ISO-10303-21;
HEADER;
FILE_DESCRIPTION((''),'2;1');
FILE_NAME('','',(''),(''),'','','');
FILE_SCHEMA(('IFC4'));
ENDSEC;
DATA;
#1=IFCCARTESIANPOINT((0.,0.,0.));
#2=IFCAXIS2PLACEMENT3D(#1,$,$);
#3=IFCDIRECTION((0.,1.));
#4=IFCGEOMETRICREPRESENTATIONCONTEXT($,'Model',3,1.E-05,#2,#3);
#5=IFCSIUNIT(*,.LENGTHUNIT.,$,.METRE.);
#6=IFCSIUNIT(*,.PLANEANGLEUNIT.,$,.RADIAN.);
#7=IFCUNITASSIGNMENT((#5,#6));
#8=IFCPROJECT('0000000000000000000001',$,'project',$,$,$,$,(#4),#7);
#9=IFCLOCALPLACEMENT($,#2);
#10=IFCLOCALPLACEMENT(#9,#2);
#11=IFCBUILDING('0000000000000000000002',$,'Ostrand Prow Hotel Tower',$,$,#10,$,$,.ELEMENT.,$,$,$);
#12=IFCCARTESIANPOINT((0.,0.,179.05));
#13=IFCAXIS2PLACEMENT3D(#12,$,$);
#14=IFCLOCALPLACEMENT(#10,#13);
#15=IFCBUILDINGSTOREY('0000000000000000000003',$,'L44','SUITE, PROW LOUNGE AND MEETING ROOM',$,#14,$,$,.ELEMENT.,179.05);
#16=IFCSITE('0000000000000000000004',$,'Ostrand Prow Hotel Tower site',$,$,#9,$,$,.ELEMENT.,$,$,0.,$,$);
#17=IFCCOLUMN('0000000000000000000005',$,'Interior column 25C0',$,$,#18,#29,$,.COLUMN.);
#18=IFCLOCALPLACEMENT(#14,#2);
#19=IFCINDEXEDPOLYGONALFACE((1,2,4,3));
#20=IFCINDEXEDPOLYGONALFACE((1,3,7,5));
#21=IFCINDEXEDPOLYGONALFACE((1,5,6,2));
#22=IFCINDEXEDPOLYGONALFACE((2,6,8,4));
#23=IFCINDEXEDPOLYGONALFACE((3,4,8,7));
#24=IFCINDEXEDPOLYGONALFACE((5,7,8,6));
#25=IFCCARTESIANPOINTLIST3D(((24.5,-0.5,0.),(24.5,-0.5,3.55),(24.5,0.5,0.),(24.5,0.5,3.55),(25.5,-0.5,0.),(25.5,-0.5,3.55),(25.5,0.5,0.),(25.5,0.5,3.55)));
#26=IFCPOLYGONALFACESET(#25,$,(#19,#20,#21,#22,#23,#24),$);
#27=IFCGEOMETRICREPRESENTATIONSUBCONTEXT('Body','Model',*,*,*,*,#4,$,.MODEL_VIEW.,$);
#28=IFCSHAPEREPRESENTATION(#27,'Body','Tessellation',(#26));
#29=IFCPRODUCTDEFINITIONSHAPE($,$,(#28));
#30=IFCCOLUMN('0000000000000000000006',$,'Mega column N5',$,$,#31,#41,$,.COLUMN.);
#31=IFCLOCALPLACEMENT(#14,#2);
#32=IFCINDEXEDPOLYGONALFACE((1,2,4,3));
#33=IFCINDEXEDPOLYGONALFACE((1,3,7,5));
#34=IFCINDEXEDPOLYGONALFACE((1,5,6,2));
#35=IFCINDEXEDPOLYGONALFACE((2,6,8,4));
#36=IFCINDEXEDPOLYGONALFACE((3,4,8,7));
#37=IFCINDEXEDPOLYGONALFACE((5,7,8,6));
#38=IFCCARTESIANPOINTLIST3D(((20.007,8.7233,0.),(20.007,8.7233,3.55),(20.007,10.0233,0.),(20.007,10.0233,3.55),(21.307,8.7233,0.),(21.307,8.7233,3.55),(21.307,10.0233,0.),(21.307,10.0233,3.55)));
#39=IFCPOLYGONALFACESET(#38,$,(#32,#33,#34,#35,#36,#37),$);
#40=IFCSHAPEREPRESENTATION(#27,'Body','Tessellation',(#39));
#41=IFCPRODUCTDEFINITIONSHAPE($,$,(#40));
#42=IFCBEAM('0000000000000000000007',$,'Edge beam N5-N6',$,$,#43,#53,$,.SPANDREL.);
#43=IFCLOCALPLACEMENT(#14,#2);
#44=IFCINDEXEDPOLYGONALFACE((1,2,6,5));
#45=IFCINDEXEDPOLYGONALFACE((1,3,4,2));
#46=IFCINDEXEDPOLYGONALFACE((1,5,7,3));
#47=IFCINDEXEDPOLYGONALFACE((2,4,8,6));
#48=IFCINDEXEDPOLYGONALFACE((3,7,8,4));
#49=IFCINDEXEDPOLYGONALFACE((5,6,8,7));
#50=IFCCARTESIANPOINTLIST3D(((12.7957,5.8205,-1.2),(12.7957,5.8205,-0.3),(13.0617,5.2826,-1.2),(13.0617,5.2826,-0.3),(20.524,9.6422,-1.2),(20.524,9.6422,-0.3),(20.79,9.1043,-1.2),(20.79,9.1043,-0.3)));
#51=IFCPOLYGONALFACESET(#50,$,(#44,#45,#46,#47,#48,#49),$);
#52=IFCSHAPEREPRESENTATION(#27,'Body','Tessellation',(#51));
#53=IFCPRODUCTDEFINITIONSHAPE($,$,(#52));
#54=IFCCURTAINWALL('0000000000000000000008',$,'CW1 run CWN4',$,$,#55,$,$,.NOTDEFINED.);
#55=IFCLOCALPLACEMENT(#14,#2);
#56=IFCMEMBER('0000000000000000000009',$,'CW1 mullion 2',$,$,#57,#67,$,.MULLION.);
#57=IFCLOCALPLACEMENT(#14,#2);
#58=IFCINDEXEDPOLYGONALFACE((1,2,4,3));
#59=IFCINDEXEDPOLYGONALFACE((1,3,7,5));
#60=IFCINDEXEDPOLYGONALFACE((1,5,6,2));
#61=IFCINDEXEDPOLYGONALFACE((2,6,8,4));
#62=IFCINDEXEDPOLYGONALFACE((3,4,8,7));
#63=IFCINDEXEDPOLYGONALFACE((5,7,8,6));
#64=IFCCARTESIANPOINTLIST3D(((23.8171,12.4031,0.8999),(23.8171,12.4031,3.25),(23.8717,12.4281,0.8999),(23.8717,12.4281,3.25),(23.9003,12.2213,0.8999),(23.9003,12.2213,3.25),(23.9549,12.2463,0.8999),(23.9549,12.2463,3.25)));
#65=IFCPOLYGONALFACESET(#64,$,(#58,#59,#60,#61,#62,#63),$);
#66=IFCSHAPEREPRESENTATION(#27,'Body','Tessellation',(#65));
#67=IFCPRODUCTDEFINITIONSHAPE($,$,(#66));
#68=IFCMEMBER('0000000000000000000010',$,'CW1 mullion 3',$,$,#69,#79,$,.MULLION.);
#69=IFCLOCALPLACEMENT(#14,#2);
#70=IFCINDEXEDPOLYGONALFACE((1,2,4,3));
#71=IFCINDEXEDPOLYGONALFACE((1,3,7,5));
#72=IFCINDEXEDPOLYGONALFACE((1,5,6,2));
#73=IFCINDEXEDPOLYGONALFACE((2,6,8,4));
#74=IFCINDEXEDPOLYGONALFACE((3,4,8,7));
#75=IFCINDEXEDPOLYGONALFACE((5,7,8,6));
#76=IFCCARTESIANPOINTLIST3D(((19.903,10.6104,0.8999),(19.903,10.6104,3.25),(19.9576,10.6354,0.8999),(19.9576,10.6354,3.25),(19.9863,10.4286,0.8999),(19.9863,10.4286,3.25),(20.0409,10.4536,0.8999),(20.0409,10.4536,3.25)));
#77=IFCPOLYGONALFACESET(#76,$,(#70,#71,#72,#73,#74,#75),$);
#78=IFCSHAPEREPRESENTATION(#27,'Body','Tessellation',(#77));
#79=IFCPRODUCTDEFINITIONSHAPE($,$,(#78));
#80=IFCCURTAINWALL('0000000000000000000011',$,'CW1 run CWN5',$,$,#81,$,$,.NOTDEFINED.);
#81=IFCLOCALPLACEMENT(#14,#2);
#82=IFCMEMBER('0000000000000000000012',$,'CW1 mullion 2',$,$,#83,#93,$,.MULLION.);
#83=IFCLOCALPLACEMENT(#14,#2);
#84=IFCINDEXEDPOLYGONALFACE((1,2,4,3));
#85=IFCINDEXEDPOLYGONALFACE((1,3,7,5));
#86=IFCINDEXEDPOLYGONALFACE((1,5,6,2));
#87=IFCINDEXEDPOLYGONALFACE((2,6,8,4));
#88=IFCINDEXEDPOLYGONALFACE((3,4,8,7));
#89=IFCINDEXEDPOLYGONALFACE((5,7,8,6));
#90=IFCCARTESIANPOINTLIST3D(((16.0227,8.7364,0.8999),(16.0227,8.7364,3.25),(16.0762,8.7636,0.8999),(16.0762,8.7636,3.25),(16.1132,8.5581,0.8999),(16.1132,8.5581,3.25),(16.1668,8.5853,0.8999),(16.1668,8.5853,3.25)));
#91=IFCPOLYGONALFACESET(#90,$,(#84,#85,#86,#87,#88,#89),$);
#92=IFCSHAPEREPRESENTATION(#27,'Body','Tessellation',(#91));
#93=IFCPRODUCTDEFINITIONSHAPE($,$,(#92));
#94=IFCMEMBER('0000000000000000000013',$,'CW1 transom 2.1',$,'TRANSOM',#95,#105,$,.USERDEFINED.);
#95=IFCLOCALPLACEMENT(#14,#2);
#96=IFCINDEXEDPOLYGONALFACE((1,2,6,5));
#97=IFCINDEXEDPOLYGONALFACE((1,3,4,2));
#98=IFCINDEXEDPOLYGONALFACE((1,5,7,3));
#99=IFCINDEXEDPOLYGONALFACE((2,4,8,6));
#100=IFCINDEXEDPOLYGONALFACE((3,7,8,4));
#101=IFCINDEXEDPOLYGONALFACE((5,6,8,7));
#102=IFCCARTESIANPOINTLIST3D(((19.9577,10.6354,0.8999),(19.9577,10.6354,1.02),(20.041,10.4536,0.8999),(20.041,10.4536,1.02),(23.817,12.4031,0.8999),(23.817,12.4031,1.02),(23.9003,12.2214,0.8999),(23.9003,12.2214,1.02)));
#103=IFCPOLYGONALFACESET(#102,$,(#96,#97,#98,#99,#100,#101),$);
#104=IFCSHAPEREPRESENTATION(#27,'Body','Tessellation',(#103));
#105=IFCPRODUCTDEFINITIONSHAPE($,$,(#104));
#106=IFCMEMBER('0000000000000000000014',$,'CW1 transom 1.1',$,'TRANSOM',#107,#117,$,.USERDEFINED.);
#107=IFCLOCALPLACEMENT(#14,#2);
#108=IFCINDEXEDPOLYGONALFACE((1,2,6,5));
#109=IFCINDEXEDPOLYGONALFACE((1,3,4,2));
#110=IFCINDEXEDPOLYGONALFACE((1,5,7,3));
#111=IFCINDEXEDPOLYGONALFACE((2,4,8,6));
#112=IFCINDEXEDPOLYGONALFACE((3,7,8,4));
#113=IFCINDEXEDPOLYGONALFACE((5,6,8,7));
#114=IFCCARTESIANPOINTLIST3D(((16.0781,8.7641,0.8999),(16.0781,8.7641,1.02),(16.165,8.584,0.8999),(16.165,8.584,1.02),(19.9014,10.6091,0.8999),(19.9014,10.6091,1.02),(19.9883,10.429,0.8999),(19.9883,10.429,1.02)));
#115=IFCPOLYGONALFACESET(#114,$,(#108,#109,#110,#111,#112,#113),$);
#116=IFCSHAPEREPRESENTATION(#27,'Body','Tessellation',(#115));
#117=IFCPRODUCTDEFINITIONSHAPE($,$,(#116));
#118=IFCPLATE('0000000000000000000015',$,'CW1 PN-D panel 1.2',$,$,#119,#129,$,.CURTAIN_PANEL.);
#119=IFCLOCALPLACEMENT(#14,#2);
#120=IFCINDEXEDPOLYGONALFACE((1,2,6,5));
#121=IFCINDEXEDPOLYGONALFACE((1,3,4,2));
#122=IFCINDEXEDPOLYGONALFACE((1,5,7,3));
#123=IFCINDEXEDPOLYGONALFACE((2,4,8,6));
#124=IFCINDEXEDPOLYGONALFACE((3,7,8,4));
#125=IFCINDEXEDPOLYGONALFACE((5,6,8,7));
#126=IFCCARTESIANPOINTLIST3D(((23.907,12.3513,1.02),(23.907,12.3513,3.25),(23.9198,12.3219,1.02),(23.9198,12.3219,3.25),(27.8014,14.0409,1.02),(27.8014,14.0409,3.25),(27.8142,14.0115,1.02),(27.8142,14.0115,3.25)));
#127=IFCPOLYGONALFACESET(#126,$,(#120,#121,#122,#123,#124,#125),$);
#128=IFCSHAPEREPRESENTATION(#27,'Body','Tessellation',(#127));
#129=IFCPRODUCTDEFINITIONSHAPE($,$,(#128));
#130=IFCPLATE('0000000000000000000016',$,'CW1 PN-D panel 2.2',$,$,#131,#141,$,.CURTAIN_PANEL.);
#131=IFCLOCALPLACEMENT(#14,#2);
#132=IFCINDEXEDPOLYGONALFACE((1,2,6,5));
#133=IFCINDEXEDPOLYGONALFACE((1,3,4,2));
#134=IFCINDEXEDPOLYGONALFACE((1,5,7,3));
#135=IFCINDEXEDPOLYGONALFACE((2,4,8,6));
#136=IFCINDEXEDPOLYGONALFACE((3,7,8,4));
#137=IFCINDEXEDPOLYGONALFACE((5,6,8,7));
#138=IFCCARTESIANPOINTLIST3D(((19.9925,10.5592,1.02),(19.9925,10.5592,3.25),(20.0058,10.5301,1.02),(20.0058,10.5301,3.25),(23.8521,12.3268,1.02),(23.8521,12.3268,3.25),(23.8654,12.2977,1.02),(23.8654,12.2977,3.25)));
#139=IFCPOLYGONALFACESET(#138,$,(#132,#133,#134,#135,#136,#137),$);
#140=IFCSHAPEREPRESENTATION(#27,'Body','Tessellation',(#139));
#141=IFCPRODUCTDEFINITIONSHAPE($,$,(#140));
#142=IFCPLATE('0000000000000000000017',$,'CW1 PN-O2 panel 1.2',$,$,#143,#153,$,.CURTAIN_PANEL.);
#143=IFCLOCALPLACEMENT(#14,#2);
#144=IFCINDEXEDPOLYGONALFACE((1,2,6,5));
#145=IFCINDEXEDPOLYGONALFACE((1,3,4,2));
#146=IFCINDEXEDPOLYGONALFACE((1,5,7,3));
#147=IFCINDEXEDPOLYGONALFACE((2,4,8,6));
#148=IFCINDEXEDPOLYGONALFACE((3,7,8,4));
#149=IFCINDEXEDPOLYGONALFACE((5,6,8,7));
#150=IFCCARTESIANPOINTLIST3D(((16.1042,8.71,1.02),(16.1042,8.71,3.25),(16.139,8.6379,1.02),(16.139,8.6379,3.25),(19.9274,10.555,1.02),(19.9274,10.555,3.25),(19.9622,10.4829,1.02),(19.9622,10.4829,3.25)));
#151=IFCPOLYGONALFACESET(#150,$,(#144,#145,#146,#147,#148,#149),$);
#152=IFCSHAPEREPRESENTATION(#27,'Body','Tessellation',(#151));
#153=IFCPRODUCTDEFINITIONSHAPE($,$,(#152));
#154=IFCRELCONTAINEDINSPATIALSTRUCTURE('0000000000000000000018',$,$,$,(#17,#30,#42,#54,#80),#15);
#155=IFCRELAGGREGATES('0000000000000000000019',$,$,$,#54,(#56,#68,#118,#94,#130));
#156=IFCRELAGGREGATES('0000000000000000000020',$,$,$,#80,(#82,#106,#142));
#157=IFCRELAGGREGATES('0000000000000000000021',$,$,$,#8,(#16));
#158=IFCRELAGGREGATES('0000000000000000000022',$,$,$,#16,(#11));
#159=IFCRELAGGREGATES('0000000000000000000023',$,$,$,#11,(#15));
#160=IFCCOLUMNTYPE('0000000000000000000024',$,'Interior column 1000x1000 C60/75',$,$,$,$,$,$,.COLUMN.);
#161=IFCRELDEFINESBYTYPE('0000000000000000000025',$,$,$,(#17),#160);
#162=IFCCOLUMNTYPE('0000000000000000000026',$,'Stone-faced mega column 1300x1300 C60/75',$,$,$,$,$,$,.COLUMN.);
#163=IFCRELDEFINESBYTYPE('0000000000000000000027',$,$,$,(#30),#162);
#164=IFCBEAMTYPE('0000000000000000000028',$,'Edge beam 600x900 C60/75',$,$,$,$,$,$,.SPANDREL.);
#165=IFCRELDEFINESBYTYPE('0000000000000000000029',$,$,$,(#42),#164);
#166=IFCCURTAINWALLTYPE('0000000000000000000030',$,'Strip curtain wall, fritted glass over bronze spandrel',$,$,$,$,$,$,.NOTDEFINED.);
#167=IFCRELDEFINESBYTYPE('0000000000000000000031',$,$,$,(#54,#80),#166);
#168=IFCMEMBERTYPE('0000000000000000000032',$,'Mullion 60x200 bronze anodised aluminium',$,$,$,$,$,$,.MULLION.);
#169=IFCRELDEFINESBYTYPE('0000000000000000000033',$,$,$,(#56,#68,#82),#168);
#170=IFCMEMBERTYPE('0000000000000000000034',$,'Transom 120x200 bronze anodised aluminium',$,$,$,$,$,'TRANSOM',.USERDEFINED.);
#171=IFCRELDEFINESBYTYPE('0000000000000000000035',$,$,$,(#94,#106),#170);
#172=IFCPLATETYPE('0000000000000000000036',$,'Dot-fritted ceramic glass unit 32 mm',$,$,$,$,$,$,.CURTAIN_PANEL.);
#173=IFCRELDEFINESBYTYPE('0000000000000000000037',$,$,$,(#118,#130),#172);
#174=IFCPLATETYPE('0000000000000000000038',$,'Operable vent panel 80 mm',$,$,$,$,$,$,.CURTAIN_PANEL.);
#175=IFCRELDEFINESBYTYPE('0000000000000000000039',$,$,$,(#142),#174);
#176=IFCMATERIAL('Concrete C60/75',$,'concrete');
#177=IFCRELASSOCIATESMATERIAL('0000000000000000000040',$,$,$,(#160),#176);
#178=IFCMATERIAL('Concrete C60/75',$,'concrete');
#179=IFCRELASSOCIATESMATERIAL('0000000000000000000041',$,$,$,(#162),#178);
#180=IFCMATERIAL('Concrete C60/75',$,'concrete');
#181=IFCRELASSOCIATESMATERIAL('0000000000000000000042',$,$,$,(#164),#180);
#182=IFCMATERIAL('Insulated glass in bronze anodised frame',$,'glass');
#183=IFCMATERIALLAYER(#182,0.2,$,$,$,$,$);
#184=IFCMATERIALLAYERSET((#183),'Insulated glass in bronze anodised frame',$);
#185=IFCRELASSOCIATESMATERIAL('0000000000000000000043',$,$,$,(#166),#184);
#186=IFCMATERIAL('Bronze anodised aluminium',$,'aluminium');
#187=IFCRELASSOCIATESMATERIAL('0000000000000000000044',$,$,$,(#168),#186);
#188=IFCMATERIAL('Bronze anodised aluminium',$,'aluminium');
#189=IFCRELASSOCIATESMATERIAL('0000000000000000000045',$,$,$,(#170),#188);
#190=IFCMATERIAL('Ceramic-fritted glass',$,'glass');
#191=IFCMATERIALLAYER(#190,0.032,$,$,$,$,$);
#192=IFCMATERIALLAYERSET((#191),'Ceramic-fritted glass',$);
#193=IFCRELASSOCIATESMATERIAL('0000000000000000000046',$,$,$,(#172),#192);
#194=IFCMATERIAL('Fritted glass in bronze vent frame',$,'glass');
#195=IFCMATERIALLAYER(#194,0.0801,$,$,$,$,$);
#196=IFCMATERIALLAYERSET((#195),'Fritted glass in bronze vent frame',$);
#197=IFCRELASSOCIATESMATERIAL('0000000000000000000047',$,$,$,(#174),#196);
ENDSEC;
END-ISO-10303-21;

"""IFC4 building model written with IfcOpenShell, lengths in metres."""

from ifc_helpers import new_model, si_unit, direction, frame, origin, origin_2d, place, context, subcontext, project, spatial, rectangle, extrude, material, layer, layer_set, material_profile, profile_set, type_object, element, aggregate, save


model = new_model("IFC4")

# Units and contexts
model_context = context("Model", 3, precision=1e-05, world=origin(), true_north=direction((0.0, 1.0)))
body_context = subcontext(model_context, "Body", "Model", "MODEL_VIEW")
ifc_project = project(units=[si_unit("LENGTHUNIT", "METRE"), si_unit("PLANEANGLEUNIT", "RADIAN")], contexts=[model_context])

# Site, building, storey
site_placement = place(None, origin())
site = spatial("IfcSite", under=ifc_project, at=site_placement, Name="Ostrand Prow Hotel Tower site", CompositionType="ELEMENT", RefElevation=0.0)
building_placement = place(site_placement, origin())
building = spatial("IfcBuilding", under=site, at=building_placement, Name="Ostrand Prow Hotel Tower", CompositionType="ELEMENT")
storey_placement = place(building_placement, frame((0.0, 0.0, 179.05)))
storey = spatial("IfcBuildingStorey", under=building, at=storey_placement, Name="L44", Description="SUITE, PROW LOUNGE AND MEETING ROOM", CompositionType="ELEMENT", Elevation=179.05)

# Columns
ifc_material_1 = material(Name="Concrete C60/75", Category="concrete")
ifc_material_profile_1 = material_profile(ifc_material_1, rectangle(XDim=1.0, YDim=1.0, at=origin_2d()), Name="RC 1000x1000")
ifc_profile_set_1 = profile_set([ifc_material_profile_1], Name="Concrete C60/75")
column_type_1 = type_object("IfcColumnType", Name="Interior column 1000x1000 C60/75", PredefinedType="COLUMN", material=ifc_profile_set_1)
column_1_placement = place(storey_placement, frame((25.0, 0.0, 0.0), z_axis=(0.0, 0.0, 1.0), x_axis=(1.0, 0.0, 0.0)))
element("IfcColumn", 1, at=column_1_placement, inside=storey, type_object=column_type_1, Name="Interior column 25C0", PredefinedType="COLUMN", context=body_context, shape_type="SweptSolid", body=[
    extrude(rectangle(XDim=1.0, YDim=1.0, at=origin_2d()), origin(), (0.0, 0.0, 1.0), 3.55),
])
ifc_material_2 = material(Name="Concrete C60/75", Category="concrete")
ifc_material_profile_2 = material_profile(ifc_material_2, rectangle(XDim=1.3, YDim=1.3, at=origin_2d()), Name="RC 1300x1300")
ifc_profile_set_2 = profile_set([ifc_material_profile_2], Name="Concrete C60/75")
column_type_2 = type_object("IfcColumnType", Name="Stone-faced mega column 1300x1300 C60/75", PredefinedType="COLUMN", material=ifc_profile_set_2)
column_2_placement = place(storey_placement, frame((20.657, 9.3733, 0.0), z_axis=(0.0, 0.0, 1.0), x_axis=(1.0, 0.0, 0.0)))
element("IfcColumn", 2, at=column_2_placement, inside=storey, type_object=column_type_2, Name="Mega column N5", PredefinedType="COLUMN", context=body_context, shape_type="SweptSolid", body=[
    extrude(rectangle(XDim=1.3, YDim=1.3, at=origin_2d()), origin(), (0.0, 0.0, 1.0), 3.55),
])

# Beam
ifc_material_3 = material(Name="Concrete C60/75", Category="concrete")
ifc_material_profile_3 = material_profile(ifc_material_3, rectangle(XDim=0.6001, YDim=0.8999, at=origin_2d()), Name="RC 600x900")
ifc_profile_set_3 = profile_set([ifc_material_profile_3], Name="Concrete C60/75")
beam_type = type_object("IfcBeamType", Name="Edge beam 600x900 C60/75", PredefinedType="SPANDREL", material=ifc_profile_set_3)
beam_placement = place(storey_placement, frame((20.657, 9.3733, -0.75), z_axis=(-0.896384, -0.443279, 0.0), x_axis=(0.443279, -0.896384, 0.0)))
element("IfcBeam", 3, at=beam_placement, inside=storey, type_object=beam_type, Name="Edge beam N5-N6", PredefinedType="SPANDREL", context=body_context, shape_type="SweptSolid", body=[
    extrude(rectangle(XDim=0.6001, YDim=0.8999, at=origin_2d()), origin(), (0.0, 0.0, 1.0), 8.6216),
])

# Curtain wall, members
ifc_material_4 = material(Name="Insulated glass in bronze anodised frame", Category="glass")
ifc_layer_1 = layer(ifc_material_4, 0.2)
ifc_layer_set_1 = layer_set([ifc_layer_1], Name="Insulated glass in bronze anodised frame")
curtain_wall_type = type_object("IfcCurtainWallType", Name="Strip curtain wall, fritted glass over bronze spandrel", PredefinedType="NOTDEFINED", material=ifc_layer_set_1)
curtain_wall_1_placement = place(storey_placement, origin())
curtain_wall_1 = element("IfcCurtainWall", 4, at=curtain_wall_1_placement, inside=storey, type_object=curtain_wall_type, Name="CW1 run CWN4", PredefinedType="NOTDEFINED")
ifc_material_5 = material(Name="Bronze anodised aluminium", Category="aluminium")
ifc_material_profile_4 = material_profile(ifc_material_5, rectangle(XDim=0.2, YDim=0.0601, at=origin_2d()), Name="Mullion 60x200 bronze anodised aluminium")
ifc_profile_set_4 = profile_set([ifc_material_profile_4], Name="Bronze anodised aluminium")
member_type_1 = type_object("IfcMemberType", Name="Mullion 60x200 bronze anodised aluminium", PredefinedType="MULLION", material=ifc_profile_set_4)
member_1_placement = place(storey_placement, frame((23.886, 12.3247, 0.8999), z_axis=(0.0, 0.0, 1.0), x_axis=(0.416393, -0.909185, 0.0)))
member_1 = element("IfcMember", 5, at=member_1_placement, type_object=member_type_1, Name="CW1 mullion 2", PredefinedType="MULLION", context=body_context, shape_type="SweptSolid", body=[
    extrude(rectangle(XDim=0.2, YDim=0.0601, at=origin_2d()), origin(), (0.0, 0.0, 1.0), 2.3501),
])
member_2_placement = place(storey_placement, frame((19.9719, 10.532, 0.8999), z_axis=(0.0, 0.0, 1.0), x_axis=(0.416393, -0.909185, 0.0)))
member_2 = element("IfcMember", 6, at=member_2_placement, type_object=member_type_1, Name="CW1 mullion 3", PredefinedType="MULLION", context=body_context, shape_type="SweptSolid", body=[
    extrude(rectangle(XDim=0.2, YDim=0.0601, at=origin_2d()), origin(), (0.0, 0.0, 1.0), 2.3501),
])

# Curtain wall, member
curtain_wall_2_placement = place(storey_placement, origin())
curtain_wall_2 = element("IfcCurtainWall", 7, at=curtain_wall_2_placement, inside=storey, type_object=curtain_wall_type, Name="CW1 run CWN5", PredefinedType="NOTDEFINED")
member_3_placement = place(storey_placement, frame((16.0947, 8.6609, 0.8999), z_axis=(0.0, 0.0, 1.0), x_axis=(0.452659, -0.891684, 0.0)))
member_3 = element("IfcMember", 8, at=member_3_placement, type_object=member_type_1, Name="CW1 mullion 2", PredefinedType="MULLION", context=body_context, shape_type="SweptSolid", body=[
    extrude(rectangle(XDim=0.2, YDim=0.0601, at=origin_2d()), origin(), (0.0, 0.0, 1.0), 2.3501),
])

# Members
ifc_material_6 = material(Name="Bronze anodised aluminium", Category="aluminium")
ifc_material_profile_5 = material_profile(ifc_material_6, rectangle(XDim=0.2, YDim=0.1201, at=origin_2d()), Name="Transom 120x200 bronze anodised aluminium")
ifc_profile_set_5 = profile_set([ifc_material_profile_5], Name="Bronze anodised aluminium")
member_type_2 = type_object("IfcMemberType", Name="Transom 120x200 bronze anodised aluminium", ElementType="TRANSOM", PredefinedType="USERDEFINED", material=ifc_profile_set_5)
member_4_placement = place(storey_placement, frame((23.8586, 12.3123, 0.96), z_axis=(-0.909159, -0.416449, 0.0), x_axis=(0.416449, -0.909159, 0.0)))
member_4 = element("IfcMember", 9, at=member_4_placement, type_object=member_type_2, Name="CW1 transom 2.1", ObjectType="TRANSOM", PredefinedType="USERDEFINED", context=body_context, shape_type="SweptSolid", body=[
    extrude(rectangle(XDim=0.2, YDim=0.1201, at=origin_2d()), origin(), (0.0, 0.0, 1.0), 4.2449),
])
member_5_placement = place(storey_placement, frame((19.9448, 10.519, 0.96), z_axis=(-0.900619, -0.434609, 0.0), x_axis=(0.434609, -0.900619, 0.0)))
member_5 = element("IfcMember", 10, at=member_5_placement, type_object=member_type_2, Name="CW1 transom 1.1", ObjectType="TRANSOM", PredefinedType="USERDEFINED", context=body_context, shape_type="SweptSolid", body=[
    extrude(rectangle(XDim=0.2, YDim=0.1201, at=origin_2d()), origin(), (0.0, 0.0, 1.0), 4.2451),
])

# Plates
ifc_material_7 = material(Name="Ceramic-fritted glass", Category="glass")
ifc_layer_2 = layer(ifc_material_7, 0.032)
ifc_layer_set_2 = layer_set([ifc_layer_2], Name="Ceramic-fritted glass")
plate_type_1 = type_object("IfcPlateType", Name="Dot-fritted ceramic glass unit 32 mm", PredefinedType="CURTAIN_PANEL", material=ifc_layer_set_2)
plate_1_placement = place(storey_placement, frame((25.8606, 13.1814, 1.02), z_axis=(0.0, 0.0, 1.0), x_axis=(-0.917383, -0.398005, 0.0)))
plate_1 = element("IfcPlate", 11, at=plate_1_placement, type_object=plate_type_1, Name="CW1 PN-D panel 1.2", PredefinedType="CURTAIN_PANEL", context=body_context, shape_type="SweptSolid", body=[
    extrude(rectangle(XDim=4.2451, YDim=0.032, at=origin_2d()), origin(), (0.0, 0.0, 1.0), 2.23),
])
plate_2_placement = place(storey_placement, frame((21.929, 11.4285, 1.02), z_axis=(0.0, 0.0, 1.0), x_axis=(-0.909185, -0.416393, 0.0)))
plate_2 = element("IfcPlate", 12, at=plate_2_placement, type_object=plate_type_1, Name="CW1 PN-D panel 2.2", PredefinedType="CURTAIN_PANEL", context=body_context, shape_type="SweptSolid", body=[
    extrude(rectangle(XDim=4.2451, YDim=0.032, at=origin_2d()), origin(), (0.0, 0.0, 1.0), 2.23),
])
aggregate(curtain_wall_1, [member_1, member_2, plate_1, member_4, plate_2])
ifc_material_8 = material(Name="Fritted glass in bronze vent frame", Category="glass")
ifc_layer_3 = layer(ifc_material_8, 0.0801)
ifc_layer_set_3 = layer_set([ifc_layer_3], Name="Fritted glass in bronze vent frame")
plate_type_2 = type_object("IfcPlateType", Name="Operable vent panel 80 mm", PredefinedType="CURTAIN_PANEL", material=ifc_layer_set_3)
plate_3_placement = place(storey_placement, frame((18.0332, 9.5964, 1.02), z_axis=(0.0, 0.0, 1.0), x_axis=(-0.900616, -0.434615, 0.0)))
plate_3 = element("IfcPlate", 13, at=plate_3_placement, type_object=plate_type_2, Name="CW1 PN-O2 panel 1.2", PredefinedType="CURTAIN_PANEL", context=body_context, shape_type="SweptSolid", body=[
    extrude(rectangle(XDim=4.2451, YDim=0.0801, at=origin_2d()), origin(), (0.0, 0.0, 1.0), 2.23),
])
aggregate(curtain_wall_2, [member_3, member_5, plate_3])

save(model, "model.ifc")
